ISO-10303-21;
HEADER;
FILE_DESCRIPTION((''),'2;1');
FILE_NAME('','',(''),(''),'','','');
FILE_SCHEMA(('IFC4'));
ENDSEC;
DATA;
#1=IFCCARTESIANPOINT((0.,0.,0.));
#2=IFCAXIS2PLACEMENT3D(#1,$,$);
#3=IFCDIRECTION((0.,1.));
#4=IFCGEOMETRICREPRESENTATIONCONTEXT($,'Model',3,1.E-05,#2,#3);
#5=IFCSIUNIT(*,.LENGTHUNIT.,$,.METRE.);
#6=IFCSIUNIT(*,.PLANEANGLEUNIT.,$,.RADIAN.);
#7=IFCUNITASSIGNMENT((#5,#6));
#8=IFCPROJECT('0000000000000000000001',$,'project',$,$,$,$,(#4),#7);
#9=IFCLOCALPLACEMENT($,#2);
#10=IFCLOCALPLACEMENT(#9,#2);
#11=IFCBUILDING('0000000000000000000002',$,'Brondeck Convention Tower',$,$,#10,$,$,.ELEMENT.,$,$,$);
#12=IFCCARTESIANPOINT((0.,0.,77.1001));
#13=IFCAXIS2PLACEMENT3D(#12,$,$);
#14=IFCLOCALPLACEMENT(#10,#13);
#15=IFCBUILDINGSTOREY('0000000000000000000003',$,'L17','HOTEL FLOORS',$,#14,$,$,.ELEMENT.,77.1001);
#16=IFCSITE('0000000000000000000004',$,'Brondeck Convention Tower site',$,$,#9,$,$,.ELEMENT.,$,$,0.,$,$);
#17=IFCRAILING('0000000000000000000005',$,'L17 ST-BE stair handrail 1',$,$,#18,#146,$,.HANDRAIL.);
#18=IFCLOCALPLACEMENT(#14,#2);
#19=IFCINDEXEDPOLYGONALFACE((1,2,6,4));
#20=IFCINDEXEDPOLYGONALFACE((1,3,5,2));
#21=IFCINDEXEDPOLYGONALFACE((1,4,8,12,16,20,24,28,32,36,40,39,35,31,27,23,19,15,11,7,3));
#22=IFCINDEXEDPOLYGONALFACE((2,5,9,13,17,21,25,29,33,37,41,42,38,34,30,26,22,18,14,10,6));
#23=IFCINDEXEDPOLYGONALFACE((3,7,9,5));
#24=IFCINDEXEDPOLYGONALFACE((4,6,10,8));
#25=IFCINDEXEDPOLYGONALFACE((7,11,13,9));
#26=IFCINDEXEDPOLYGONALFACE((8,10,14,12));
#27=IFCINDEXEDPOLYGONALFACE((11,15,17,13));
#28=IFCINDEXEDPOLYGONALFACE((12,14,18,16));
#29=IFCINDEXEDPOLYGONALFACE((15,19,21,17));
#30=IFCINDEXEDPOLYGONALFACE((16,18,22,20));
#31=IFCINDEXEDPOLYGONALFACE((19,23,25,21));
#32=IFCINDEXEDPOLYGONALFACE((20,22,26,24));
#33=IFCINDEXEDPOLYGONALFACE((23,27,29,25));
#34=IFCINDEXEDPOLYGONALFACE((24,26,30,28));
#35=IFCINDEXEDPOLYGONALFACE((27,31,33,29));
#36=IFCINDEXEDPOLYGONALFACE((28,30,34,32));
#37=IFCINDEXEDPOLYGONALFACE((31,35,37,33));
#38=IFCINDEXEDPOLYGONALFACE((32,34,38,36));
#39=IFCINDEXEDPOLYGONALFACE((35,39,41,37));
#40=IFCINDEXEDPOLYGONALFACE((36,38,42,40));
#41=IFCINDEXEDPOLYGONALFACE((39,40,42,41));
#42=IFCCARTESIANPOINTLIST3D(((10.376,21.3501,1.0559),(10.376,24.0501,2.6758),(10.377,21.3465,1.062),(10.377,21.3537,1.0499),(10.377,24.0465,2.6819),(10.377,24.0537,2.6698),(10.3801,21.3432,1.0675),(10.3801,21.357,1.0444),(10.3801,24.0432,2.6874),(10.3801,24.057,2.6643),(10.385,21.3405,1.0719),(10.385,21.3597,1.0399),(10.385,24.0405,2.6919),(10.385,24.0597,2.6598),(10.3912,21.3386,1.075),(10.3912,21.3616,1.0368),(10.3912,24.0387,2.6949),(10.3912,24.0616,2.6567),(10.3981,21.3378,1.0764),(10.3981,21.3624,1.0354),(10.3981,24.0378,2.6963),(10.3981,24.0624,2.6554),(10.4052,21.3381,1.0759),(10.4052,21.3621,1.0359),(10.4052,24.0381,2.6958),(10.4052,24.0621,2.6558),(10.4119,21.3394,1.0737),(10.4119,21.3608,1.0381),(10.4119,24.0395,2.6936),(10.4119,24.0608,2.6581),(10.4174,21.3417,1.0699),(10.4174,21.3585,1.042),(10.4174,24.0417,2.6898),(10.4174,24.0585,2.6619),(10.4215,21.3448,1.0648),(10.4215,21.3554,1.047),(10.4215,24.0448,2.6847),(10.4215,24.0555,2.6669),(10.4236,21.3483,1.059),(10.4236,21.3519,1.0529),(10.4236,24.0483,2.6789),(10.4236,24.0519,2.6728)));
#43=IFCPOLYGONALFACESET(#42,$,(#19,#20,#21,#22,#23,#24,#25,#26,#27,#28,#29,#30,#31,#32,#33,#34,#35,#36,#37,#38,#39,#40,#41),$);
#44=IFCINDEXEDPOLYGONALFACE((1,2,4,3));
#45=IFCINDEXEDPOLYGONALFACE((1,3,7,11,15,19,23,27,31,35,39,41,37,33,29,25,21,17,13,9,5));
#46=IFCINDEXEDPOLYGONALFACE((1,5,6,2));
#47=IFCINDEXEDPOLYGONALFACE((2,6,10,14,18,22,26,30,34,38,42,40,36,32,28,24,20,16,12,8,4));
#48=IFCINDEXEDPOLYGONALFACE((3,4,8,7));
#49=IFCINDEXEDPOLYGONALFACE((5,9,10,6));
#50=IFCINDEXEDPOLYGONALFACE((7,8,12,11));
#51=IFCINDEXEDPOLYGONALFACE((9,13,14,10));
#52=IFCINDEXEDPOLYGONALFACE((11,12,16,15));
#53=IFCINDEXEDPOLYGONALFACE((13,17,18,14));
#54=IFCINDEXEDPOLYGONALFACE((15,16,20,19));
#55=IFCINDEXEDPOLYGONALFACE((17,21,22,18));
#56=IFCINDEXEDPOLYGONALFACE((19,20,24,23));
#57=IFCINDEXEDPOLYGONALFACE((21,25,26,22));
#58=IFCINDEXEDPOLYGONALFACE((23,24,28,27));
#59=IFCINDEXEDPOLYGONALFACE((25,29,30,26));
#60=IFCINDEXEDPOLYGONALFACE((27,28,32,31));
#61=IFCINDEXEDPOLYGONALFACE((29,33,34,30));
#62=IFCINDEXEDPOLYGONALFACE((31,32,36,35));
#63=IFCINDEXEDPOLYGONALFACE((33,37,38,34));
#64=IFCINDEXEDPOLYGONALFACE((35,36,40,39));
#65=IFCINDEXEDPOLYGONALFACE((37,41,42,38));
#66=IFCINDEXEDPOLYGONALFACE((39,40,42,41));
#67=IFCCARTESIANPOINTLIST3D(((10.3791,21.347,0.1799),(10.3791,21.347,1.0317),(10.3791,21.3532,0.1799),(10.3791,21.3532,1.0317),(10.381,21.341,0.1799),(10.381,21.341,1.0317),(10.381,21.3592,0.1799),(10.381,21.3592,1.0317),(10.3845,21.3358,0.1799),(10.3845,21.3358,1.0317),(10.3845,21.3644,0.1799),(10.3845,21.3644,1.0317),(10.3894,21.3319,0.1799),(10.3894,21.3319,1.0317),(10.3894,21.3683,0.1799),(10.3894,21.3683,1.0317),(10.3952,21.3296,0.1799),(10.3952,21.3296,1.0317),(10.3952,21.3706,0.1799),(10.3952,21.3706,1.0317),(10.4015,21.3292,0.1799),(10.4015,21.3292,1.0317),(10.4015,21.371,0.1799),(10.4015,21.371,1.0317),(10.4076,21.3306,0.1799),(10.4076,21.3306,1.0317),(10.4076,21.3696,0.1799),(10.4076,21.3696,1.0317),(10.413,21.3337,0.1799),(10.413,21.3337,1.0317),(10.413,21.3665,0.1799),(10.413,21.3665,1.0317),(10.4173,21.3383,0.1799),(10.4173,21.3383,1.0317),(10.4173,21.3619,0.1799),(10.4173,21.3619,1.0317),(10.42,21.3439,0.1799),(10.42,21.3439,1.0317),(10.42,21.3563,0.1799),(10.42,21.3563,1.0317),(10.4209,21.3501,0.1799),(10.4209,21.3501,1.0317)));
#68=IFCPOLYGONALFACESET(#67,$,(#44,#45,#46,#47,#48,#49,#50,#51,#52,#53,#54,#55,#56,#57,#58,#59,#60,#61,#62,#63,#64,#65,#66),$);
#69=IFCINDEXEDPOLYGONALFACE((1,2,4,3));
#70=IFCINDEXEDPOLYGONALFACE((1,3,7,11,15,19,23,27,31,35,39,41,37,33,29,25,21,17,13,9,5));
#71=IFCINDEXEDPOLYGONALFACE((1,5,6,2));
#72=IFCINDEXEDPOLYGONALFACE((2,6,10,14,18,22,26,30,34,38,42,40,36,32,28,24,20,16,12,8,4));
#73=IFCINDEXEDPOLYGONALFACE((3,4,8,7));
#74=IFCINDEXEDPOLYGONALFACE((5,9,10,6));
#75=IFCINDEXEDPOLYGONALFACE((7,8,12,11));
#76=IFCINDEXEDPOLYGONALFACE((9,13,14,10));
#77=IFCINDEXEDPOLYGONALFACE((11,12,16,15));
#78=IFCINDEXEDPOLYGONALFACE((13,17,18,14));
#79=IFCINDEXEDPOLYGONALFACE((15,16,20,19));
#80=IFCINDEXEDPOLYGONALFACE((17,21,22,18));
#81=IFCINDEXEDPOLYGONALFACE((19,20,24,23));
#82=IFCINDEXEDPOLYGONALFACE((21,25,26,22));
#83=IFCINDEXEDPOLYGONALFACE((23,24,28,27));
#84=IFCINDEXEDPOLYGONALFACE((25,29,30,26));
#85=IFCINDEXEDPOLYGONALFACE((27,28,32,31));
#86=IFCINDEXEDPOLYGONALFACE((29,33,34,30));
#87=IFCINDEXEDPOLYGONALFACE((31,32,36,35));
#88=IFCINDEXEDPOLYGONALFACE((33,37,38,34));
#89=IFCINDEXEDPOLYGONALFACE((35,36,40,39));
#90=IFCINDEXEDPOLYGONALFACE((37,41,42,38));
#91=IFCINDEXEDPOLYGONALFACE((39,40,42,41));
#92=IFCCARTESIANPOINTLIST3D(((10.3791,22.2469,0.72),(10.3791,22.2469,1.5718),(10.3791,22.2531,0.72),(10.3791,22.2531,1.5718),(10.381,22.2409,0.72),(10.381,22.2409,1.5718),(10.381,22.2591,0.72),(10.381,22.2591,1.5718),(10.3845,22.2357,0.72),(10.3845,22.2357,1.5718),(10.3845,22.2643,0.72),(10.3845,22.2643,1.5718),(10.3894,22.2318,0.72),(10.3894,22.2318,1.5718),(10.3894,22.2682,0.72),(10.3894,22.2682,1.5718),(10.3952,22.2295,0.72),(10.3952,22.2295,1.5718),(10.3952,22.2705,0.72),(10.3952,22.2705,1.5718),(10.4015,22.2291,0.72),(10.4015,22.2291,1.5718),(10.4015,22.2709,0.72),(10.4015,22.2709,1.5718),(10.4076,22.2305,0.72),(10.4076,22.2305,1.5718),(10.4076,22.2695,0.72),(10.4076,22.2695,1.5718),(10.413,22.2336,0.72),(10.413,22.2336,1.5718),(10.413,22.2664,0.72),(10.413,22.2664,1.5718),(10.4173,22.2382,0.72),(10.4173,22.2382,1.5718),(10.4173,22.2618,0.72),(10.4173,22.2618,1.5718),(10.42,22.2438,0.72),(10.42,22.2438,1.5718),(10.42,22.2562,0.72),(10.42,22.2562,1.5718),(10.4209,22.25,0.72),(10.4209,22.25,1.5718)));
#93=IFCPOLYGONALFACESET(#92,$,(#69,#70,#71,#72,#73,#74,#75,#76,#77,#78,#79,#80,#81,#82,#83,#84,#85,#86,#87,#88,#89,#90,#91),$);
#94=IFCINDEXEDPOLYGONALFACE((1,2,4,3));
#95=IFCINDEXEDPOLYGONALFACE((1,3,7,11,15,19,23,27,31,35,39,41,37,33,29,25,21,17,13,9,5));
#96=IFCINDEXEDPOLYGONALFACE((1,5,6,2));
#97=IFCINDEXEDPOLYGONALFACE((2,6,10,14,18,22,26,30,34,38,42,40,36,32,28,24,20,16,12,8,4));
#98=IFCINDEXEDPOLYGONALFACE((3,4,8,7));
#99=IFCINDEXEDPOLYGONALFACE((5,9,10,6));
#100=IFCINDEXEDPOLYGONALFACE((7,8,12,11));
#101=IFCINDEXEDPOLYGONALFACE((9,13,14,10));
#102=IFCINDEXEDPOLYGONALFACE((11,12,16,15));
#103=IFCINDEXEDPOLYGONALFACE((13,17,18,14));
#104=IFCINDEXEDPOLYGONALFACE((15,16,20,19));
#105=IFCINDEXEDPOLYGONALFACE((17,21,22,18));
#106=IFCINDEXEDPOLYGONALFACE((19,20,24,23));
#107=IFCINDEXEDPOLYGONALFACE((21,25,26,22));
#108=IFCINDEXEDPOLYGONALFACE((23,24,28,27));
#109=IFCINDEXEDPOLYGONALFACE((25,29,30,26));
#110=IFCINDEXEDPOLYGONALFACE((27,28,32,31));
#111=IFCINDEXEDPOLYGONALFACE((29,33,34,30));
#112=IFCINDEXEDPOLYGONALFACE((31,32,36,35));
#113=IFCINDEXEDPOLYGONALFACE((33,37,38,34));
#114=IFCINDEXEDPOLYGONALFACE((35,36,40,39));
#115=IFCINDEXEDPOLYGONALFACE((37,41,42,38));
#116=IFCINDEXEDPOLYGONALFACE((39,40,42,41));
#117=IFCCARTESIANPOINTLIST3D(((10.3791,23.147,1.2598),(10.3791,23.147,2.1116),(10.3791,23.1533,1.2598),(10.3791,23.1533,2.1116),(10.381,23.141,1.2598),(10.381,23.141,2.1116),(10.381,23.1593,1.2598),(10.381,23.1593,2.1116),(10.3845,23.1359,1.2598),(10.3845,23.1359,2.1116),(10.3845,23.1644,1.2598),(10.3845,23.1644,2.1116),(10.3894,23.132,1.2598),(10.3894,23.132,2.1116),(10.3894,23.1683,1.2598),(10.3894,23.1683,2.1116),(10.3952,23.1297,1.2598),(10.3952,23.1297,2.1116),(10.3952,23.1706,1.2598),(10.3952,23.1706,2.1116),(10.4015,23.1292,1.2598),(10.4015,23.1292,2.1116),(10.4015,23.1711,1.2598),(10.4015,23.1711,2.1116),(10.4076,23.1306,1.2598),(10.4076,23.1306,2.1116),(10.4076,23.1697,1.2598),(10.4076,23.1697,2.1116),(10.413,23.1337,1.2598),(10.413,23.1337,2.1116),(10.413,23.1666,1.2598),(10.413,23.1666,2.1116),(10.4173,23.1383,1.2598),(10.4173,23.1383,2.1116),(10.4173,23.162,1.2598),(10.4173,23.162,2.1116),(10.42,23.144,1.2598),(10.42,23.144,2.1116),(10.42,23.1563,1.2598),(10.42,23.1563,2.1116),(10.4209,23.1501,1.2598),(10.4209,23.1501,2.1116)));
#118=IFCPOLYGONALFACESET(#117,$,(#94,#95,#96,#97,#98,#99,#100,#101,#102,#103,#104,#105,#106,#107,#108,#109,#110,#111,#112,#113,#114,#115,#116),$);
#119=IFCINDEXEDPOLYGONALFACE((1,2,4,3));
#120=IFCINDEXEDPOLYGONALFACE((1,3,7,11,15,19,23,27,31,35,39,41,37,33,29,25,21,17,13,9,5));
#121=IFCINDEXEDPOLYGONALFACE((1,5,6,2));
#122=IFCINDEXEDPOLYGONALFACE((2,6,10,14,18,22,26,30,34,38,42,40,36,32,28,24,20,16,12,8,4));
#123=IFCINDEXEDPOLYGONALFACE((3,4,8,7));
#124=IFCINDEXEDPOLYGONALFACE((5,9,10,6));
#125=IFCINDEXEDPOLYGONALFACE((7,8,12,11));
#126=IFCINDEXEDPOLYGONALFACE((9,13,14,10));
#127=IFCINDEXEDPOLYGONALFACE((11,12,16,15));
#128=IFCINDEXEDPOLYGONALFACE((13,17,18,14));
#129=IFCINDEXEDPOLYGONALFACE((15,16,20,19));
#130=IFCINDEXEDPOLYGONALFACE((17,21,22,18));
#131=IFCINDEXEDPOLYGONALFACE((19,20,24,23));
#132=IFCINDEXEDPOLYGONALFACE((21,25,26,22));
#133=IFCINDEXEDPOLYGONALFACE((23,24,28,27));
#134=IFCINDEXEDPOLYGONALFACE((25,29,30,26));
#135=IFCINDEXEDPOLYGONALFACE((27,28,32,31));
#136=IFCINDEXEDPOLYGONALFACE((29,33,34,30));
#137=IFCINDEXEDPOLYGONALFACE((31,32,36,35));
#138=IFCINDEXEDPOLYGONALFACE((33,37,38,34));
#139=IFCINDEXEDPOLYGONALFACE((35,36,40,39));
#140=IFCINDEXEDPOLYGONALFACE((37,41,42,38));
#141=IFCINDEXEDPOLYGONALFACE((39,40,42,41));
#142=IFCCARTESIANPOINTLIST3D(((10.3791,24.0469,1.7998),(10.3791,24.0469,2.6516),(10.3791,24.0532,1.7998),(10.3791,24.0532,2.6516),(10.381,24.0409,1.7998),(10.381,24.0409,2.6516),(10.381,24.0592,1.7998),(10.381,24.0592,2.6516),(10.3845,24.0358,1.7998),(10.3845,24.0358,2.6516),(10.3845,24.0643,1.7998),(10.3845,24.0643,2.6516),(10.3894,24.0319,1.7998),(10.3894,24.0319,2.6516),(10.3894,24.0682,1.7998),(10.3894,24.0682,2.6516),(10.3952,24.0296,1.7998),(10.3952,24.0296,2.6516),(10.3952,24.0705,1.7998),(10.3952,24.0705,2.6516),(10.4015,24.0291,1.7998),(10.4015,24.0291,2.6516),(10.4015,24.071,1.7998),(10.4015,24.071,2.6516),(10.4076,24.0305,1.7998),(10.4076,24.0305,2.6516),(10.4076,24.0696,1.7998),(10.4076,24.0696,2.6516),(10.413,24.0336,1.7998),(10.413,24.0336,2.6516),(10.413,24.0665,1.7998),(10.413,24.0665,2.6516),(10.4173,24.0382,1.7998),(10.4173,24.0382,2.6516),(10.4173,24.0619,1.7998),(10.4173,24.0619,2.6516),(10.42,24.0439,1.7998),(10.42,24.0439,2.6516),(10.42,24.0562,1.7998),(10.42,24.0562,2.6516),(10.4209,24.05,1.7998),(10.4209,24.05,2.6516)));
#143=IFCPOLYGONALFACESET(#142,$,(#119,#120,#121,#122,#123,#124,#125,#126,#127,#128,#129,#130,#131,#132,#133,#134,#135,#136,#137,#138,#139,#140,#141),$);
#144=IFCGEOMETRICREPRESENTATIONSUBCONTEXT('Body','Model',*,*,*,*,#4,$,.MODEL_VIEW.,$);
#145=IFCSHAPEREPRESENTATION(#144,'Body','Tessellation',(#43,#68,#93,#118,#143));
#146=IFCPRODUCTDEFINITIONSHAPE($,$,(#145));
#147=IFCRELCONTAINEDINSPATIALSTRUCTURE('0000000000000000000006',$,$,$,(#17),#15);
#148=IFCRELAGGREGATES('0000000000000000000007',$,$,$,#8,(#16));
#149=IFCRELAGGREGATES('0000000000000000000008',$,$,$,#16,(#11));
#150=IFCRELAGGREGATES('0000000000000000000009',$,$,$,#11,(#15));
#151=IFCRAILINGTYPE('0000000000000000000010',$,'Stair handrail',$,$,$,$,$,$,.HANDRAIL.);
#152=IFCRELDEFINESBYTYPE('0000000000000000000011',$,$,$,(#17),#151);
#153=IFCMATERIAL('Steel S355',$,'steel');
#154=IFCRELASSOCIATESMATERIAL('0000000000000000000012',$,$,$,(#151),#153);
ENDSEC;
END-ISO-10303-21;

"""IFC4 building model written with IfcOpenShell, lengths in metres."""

from ifc_helpers import new_model, si_unit, direction, frame, origin, origin_2d, place, context, subcontext, project, spatial, circle, extrude, material, type_object, element, save


model = new_model("IFC4")

# Units and contexts
model_context = context("Model", 3, precision=1e-05, world=origin(), true_north=direction((0.0, 1.0)))
body_context = subcontext(model_context, "Body", "Model", "MODEL_VIEW")
ifc_project = project(units=[si_unit("LENGTHUNIT", "METRE"), si_unit("PLANEANGLEUNIT", "RADIAN")], contexts=[model_context])

# Site, building, storey
site_placement = place(None, origin())
site = spatial("IfcSite", under=ifc_project, at=site_placement, Name="Brondeck Convention Tower site", CompositionType="ELEMENT", RefElevation=0.0)
building_placement = place(site_placement, origin())
building = spatial("IfcBuilding", under=site, at=building_placement, Name="Brondeck Convention Tower", CompositionType="ELEMENT")
storey_placement = place(building_placement, frame((0.0, 0.0, 77.1001)))
storey = spatial("IfcBuildingStorey", under=building, at=storey_placement, Name="L17", Description="HOTEL FLOORS", CompositionType="ELEMENT", Elevation=77.1001)

# Shared definitions
ifc_material_1 = material(Name="Steel S355", Category="steel")

# Railing
railing_type = type_object("IfcRailingType", Name="Stair handrail", PredefinedType="HANDRAIL", material=ifc_material_1)
railing_1_placement = place(storey_placement, frame((10.3999, 21.3501, 0.1799)))
element("IfcRailing", 1, at=railing_1_placement, inside=storey, type_object=railing_type, Name="L17 ST-BE stair handrail 1", PredefinedType="HANDRAIL", context=body_context, shape_type="SweptSolid", body=[
    extrude(circle(Radius=0.0239, at=origin_2d()), frame((0.0, 0.0, 0.876), z_axis=(0.0, 0.857507, 0.514473), x_axis=(-1.0, 0.0, 0.0)), (0.0, 0.0, 1.0), 3.1487),
    extrude(circle(Radius=0.021, at=origin_2d()), origin(), (0.0, 0.0, 1.0), 0.8518),
    extrude(circle(Radius=0.021, at=origin_2d()), frame((0.0, 0.8999, 0.54)), (0.0, 0.0, 1.0), 0.8518),
    extrude(circle(Radius=0.021, at=origin_2d()), frame((0.0, 1.8, 1.0798)), (0.0, 0.0, 1.0), 0.8518),
    extrude(circle(Radius=0.021, at=origin_2d()), frame((0.0, 2.7, 1.6199)), (0.0, 0.0, 1.0), 0.8518),
])

save(model, "model.ifc")
